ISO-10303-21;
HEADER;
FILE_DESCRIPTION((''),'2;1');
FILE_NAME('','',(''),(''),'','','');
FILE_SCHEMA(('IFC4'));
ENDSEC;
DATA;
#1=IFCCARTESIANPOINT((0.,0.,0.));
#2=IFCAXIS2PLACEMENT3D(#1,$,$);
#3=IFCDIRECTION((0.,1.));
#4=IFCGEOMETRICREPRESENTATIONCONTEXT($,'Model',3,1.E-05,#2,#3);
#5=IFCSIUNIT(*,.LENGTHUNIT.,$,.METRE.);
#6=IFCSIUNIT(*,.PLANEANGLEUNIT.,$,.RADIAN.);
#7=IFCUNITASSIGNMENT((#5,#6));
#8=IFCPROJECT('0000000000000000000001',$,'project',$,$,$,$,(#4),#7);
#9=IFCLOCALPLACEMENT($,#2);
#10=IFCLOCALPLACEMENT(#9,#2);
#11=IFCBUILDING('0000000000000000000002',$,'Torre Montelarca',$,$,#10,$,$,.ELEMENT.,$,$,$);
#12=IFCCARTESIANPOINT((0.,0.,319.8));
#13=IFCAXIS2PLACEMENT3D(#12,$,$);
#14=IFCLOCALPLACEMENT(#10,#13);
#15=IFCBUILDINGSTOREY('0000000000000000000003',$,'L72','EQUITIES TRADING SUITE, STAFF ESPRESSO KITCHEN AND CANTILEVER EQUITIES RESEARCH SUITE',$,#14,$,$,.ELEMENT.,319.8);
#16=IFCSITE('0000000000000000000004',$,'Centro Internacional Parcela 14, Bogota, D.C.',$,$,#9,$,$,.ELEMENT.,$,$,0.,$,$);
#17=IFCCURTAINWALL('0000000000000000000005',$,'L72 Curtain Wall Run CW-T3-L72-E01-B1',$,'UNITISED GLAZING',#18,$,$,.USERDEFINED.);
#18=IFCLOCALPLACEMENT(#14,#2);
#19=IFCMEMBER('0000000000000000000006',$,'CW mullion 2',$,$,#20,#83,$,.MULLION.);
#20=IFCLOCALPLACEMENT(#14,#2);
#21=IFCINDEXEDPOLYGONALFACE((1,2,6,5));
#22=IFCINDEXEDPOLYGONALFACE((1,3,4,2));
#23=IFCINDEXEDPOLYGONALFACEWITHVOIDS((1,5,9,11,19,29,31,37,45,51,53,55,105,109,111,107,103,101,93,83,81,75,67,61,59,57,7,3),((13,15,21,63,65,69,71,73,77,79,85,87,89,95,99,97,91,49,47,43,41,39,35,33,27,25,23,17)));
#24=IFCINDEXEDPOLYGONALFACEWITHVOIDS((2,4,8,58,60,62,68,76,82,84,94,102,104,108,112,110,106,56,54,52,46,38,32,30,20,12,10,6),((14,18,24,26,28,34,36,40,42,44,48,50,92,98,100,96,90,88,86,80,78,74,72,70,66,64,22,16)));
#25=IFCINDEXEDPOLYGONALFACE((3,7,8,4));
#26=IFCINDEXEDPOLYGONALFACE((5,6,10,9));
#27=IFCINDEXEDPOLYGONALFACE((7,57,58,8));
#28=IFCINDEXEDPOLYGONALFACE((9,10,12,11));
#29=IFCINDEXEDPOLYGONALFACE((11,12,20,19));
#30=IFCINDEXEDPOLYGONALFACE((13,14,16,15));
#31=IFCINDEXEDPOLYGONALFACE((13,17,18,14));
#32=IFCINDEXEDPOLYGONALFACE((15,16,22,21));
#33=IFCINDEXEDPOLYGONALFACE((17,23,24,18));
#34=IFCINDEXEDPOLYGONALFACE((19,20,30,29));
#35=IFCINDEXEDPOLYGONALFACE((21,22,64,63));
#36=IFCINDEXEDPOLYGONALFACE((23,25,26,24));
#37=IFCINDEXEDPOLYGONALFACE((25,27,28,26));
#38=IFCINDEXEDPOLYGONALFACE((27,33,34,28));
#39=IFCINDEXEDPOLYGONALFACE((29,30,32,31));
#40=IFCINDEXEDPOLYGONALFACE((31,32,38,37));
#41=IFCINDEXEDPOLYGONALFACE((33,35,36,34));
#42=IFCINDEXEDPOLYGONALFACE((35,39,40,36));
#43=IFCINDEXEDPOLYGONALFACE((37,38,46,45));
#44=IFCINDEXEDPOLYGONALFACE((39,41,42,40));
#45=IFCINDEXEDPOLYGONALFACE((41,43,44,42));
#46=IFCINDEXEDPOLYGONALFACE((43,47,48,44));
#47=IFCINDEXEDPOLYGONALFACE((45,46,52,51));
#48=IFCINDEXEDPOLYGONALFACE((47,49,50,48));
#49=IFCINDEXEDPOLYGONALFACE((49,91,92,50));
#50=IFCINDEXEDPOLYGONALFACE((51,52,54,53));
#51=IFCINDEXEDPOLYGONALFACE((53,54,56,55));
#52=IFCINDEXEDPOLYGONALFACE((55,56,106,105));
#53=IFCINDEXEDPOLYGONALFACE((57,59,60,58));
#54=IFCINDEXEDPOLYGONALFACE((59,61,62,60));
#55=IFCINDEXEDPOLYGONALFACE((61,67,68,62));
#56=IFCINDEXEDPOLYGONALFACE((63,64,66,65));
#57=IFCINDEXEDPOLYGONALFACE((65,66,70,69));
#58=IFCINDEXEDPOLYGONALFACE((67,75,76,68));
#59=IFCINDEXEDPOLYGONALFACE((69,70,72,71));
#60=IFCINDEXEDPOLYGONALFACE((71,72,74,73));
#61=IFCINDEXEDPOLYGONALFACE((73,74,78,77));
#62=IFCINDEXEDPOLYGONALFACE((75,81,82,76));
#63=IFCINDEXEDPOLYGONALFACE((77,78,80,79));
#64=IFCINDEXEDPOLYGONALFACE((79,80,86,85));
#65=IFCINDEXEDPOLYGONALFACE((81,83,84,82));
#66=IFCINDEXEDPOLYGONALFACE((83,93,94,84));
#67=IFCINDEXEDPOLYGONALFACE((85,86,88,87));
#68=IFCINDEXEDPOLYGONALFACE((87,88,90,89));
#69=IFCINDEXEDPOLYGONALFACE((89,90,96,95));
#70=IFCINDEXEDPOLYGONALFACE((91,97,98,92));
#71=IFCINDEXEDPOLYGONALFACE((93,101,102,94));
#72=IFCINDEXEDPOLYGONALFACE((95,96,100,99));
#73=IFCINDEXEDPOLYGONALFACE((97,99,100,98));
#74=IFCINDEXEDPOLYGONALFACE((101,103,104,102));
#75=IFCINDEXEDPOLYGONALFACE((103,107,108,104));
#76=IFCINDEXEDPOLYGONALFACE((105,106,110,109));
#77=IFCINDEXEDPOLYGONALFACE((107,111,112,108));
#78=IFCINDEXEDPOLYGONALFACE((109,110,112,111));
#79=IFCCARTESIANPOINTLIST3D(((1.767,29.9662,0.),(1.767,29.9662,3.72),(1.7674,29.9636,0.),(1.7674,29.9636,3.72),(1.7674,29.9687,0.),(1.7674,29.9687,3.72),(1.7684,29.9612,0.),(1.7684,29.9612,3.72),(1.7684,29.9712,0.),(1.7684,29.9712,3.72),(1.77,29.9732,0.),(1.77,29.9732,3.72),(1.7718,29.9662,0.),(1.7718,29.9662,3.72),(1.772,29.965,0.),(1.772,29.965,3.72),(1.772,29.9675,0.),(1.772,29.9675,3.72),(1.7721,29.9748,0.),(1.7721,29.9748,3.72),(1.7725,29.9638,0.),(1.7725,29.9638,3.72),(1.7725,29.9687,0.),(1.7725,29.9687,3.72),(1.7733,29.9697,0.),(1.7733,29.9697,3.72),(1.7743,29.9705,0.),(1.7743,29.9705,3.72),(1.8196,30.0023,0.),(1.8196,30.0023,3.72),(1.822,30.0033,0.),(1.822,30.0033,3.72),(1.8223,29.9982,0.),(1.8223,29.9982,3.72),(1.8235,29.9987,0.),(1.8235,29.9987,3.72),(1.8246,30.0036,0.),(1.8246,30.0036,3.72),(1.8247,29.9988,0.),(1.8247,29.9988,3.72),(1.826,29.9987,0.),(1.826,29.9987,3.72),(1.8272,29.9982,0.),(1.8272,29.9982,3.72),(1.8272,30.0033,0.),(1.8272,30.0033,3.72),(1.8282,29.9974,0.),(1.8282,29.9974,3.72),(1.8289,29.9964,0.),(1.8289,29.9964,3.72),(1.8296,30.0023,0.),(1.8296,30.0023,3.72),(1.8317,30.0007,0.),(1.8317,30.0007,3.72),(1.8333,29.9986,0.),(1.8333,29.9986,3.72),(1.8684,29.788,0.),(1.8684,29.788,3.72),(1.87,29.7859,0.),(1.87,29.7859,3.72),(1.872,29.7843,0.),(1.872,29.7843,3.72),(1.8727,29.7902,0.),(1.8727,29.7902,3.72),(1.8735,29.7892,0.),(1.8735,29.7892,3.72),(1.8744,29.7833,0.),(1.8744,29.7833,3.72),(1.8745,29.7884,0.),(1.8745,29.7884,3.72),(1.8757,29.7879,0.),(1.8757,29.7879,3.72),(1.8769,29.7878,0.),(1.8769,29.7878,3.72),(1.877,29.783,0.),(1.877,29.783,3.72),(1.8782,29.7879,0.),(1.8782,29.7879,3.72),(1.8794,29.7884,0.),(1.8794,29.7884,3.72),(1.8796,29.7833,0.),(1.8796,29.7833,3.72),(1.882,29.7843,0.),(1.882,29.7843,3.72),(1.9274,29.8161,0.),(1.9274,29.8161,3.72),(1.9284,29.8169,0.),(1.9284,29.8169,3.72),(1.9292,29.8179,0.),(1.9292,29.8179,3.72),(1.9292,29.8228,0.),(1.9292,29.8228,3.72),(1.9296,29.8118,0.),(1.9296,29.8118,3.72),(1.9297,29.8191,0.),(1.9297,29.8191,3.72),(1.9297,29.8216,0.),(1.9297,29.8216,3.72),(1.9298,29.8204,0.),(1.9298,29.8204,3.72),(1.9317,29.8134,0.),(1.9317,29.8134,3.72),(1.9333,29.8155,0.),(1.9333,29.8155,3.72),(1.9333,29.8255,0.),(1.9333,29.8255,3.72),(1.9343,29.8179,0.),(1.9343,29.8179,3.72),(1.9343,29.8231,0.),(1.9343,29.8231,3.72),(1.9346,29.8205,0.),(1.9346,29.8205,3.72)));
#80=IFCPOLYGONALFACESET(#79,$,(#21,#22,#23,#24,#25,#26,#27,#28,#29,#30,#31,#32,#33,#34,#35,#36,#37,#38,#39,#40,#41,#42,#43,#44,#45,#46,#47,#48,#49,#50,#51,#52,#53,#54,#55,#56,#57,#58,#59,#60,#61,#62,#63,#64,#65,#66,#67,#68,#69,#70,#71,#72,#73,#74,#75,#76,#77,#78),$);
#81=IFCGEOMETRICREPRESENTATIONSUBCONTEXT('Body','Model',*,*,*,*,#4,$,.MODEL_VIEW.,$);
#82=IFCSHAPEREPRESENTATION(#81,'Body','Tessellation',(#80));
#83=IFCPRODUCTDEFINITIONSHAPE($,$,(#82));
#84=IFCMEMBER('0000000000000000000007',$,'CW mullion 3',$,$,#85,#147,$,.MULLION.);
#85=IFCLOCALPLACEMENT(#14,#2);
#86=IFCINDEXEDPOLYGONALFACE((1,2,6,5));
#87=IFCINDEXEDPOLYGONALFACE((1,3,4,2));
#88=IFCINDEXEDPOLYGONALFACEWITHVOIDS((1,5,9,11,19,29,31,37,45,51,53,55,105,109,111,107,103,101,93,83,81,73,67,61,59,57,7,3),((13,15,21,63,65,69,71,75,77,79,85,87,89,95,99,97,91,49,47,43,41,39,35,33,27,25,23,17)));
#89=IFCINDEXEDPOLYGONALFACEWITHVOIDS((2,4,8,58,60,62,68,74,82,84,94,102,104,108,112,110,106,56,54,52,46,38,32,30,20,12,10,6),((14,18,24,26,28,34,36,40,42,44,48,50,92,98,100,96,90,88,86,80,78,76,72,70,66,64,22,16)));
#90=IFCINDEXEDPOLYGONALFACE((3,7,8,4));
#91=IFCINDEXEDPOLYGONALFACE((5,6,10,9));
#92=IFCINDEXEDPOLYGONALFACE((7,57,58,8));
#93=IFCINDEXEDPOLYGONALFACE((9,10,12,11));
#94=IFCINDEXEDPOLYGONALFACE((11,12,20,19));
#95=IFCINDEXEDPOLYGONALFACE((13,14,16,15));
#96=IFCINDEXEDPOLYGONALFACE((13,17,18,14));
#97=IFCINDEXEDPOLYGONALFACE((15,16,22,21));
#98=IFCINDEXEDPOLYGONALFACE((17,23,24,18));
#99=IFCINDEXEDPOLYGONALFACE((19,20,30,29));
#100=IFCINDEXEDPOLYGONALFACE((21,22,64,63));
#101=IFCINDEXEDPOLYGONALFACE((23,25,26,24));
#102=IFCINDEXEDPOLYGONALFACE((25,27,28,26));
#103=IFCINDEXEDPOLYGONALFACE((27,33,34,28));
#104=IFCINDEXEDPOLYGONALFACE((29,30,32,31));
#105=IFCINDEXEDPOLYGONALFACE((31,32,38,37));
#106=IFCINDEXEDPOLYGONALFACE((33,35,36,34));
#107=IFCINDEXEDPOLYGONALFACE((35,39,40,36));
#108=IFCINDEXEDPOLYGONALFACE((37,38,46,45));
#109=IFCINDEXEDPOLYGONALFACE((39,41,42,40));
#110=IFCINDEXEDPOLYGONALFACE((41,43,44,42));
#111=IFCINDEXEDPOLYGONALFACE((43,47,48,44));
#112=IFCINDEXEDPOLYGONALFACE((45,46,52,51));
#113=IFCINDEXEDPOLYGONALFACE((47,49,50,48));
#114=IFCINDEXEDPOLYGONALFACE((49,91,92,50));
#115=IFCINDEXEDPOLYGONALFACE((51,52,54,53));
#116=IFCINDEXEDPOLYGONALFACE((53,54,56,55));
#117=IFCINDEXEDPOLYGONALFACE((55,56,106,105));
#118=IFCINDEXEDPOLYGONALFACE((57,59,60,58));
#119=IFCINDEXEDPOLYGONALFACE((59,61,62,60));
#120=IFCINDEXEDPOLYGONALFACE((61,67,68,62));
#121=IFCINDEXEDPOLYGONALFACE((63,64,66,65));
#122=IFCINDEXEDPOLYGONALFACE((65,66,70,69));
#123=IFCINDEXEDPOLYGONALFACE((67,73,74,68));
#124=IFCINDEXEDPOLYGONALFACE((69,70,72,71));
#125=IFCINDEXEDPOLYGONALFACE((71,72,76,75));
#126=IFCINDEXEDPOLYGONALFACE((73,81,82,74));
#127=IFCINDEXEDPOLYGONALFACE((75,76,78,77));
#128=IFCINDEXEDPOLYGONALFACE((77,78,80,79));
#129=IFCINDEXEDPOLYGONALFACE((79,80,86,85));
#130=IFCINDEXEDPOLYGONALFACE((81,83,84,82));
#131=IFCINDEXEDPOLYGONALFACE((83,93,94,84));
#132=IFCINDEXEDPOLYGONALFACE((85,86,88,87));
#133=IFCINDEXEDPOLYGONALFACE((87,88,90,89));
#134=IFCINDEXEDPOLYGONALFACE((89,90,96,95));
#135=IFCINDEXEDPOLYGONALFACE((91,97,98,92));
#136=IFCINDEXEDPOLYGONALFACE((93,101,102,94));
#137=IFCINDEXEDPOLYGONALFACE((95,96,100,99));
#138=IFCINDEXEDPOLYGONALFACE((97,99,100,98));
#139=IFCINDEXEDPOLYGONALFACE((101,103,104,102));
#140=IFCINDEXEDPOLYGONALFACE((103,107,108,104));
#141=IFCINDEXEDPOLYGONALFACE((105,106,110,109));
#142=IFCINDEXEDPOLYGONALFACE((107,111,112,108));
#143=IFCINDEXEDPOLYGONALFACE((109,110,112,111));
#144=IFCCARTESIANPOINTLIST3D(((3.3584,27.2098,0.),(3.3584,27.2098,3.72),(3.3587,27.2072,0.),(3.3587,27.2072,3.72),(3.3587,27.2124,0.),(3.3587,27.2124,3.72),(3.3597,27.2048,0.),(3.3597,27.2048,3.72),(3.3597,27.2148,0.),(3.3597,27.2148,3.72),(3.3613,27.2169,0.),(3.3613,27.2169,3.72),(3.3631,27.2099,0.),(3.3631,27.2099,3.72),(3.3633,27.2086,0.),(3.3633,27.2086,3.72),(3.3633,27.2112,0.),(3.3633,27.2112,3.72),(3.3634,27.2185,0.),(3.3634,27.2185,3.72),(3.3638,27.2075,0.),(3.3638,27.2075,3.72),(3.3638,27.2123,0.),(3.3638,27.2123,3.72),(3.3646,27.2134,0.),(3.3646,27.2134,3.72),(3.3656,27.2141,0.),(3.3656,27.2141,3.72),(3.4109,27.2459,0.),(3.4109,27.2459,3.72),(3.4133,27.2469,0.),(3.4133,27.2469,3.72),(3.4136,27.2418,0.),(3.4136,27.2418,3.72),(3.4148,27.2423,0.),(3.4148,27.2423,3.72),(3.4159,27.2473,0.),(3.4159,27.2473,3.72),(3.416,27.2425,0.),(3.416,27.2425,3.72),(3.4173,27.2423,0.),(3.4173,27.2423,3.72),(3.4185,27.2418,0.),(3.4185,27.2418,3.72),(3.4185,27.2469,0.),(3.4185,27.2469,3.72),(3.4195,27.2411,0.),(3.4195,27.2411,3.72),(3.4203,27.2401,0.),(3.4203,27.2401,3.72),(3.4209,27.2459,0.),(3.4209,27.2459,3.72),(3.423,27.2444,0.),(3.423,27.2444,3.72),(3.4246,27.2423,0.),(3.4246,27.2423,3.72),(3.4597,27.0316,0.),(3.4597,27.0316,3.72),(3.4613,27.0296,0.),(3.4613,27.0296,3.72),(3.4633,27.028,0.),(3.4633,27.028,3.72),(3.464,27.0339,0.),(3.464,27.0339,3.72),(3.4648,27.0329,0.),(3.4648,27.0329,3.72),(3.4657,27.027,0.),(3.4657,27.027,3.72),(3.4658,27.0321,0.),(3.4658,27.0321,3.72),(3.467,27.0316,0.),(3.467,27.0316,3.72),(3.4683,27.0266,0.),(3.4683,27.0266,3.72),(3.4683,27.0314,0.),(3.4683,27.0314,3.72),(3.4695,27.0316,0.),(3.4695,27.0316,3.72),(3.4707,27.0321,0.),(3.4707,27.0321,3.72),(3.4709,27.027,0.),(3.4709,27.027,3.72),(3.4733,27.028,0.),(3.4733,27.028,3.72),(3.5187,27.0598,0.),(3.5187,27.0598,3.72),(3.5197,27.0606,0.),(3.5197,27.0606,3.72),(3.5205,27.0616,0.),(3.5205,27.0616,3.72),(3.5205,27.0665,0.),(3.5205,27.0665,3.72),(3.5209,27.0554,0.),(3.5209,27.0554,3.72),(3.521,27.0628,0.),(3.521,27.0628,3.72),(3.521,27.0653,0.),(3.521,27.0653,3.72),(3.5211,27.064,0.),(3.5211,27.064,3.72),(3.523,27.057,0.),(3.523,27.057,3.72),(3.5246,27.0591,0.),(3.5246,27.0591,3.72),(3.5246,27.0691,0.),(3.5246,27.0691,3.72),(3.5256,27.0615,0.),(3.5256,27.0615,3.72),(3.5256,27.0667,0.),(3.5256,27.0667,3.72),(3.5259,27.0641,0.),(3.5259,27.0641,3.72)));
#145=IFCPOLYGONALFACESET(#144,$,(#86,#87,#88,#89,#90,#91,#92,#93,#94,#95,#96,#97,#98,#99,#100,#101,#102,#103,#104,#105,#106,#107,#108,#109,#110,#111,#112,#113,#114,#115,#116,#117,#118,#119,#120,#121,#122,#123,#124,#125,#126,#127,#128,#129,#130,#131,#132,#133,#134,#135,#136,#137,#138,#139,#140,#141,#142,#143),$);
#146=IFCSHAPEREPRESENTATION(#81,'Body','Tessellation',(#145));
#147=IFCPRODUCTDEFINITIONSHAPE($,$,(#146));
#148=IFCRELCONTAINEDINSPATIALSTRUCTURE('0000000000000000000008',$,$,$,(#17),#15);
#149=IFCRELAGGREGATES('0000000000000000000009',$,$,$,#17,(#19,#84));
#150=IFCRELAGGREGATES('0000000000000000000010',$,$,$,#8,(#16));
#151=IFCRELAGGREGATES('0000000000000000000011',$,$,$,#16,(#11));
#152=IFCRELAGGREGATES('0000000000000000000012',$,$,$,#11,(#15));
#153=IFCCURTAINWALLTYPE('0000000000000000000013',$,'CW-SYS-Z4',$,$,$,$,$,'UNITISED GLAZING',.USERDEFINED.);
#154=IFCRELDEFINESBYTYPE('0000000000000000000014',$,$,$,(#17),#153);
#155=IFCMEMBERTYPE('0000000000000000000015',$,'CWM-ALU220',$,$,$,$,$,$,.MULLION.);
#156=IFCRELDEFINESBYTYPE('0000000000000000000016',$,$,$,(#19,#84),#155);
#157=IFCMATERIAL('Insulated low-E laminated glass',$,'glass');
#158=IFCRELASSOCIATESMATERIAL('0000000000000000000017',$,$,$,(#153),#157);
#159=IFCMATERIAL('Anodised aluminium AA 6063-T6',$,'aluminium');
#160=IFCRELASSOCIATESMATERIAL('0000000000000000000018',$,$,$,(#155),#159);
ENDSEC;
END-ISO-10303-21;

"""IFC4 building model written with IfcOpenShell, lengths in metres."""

from ifc_helpers import new_model, si_unit, direction, frame, origin, origin_2d, place, context, subcontext, project, spatial, hollow_rectangle, extrude, source, transform, mapped, material, material_profile, profile_set, type_object, element, aggregate, save


model = new_model("IFC4")

# Units and contexts
model_context = context("Model", 3, precision=1e-05, world=origin(), true_north=direction((0.0, 1.0)))
body_context = subcontext(model_context, "Body", "Model", "MODEL_VIEW")
ifc_project = project(units=[si_unit("LENGTHUNIT", "METRE"), si_unit("PLANEANGLEUNIT", "RADIAN")], contexts=[model_context])

# Site, building, storey
site_placement = place(None, origin())
site = spatial("IfcSite", under=ifc_project, at=site_placement, Name="Centro Internacional Parcela 14, Bogota, D.C.", CompositionType="ELEMENT", RefElevation=0.0)
building_placement = place(site_placement, origin())
building = spatial("IfcBuilding", under=site, at=building_placement, Name="Torre Montelarca", CompositionType="ELEMENT")
storey_placement = place(building_placement, frame((0.0, 0.0, 319.8)))
storey = spatial("IfcBuildingStorey", under=building, at=storey_placement, Name="L72", Description="EQUITIES TRADING SUITE, STAFF ESPRESSO KITCHEN AND CANTILEVER EQUITIES RESEARCH SUITE", CompositionType="ELEMENT", Elevation=319.8)

# Curtain wall, members
ifc_material_1 = material(Name="Insulated low-E laminated glass", Category="glass")
curtain_wall_type = type_object("IfcCurtainWallType", Name="CW-SYS-Z4", ElementType="UNITISED GLAZING", PredefinedType="USERDEFINED", material=ifc_material_1)
curtain_wall_1_placement = place(storey_placement, origin())
curtain_wall_1 = element("IfcCurtainWall", 1, at=curtain_wall_1_placement, inside=storey, type_object=curtain_wall_type, Name="L72 Curtain Wall Run CW-T3-L72-E01-B1", ObjectType="UNITISED GLAZING", PredefinedType="USERDEFINED")
ifc_material_2 = material(Name="Anodised aluminium AA 6063-T6", Category="aluminium")
ifc_material_profile_1 = material_profile(ifc_material_2, hollow_rectangle(XDim=0.075, YDim=0.22, WallThickness=0.0049, InnerFilletRadius=0.0049, OuterFilletRadius=0.01, at=origin_2d()), Name="ALU75X220X5", Category="aluminium")
ifc_profile_set_1 = profile_set([ifc_material_profile_1], Name="Anodised aluminium AA 6063-T6")
member_type_1 = type_object("IfcMemberType", Name="CWM-ALU220", PredefinedType="MULLION", material=ifc_profile_set_1)
shared_shape_1 = source(origin(), body_context, "Body", "SweptSolid", [
    extrude(hollow_rectangle(XDim=0.075, YDim=0.22, WallThickness=0.0049, InnerFilletRadius=0.0049, OuterFilletRadius=0.01, at=origin_2d()), origin(), (0.0, 0.0, 1.0), 3.72),
])
member_1_placement = place(storey_placement, frame((1.8508, 29.8933, 0.0), z_axis=(0.0, 0.0, 1.0), x_axis=(0.866025, 0.5, 0.0)))
member_1 = element("IfcMember", 2, at=member_1_placement, type_object=member_type_1, Name="CW mullion 2", PredefinedType="MULLION", context=body_context, shape_type="MappedRepresentation", body=[
    mapped(shared_shape_1, transform((0.0, 0.0, 0.0), scale=1.0)),
])
member_2_placement = place(storey_placement, frame((3.4421, 27.137, 0.0), z_axis=(0.0, 0.0, 1.0), x_axis=(0.866025, 0.5, 0.0)))
member_2 = element("IfcMember", 3, at=member_2_placement, type_object=member_type_1, Name="CW mullion 3", PredefinedType="MULLION", context=body_context, shape_type="MappedRepresentation", body=[
    mapped(shared_shape_1, transform((0.0, 0.0, 0.0), scale=1.0)),
])

aggregate(curtain_wall_1, [member_1, member_2])

save(model, "model.ifc")
